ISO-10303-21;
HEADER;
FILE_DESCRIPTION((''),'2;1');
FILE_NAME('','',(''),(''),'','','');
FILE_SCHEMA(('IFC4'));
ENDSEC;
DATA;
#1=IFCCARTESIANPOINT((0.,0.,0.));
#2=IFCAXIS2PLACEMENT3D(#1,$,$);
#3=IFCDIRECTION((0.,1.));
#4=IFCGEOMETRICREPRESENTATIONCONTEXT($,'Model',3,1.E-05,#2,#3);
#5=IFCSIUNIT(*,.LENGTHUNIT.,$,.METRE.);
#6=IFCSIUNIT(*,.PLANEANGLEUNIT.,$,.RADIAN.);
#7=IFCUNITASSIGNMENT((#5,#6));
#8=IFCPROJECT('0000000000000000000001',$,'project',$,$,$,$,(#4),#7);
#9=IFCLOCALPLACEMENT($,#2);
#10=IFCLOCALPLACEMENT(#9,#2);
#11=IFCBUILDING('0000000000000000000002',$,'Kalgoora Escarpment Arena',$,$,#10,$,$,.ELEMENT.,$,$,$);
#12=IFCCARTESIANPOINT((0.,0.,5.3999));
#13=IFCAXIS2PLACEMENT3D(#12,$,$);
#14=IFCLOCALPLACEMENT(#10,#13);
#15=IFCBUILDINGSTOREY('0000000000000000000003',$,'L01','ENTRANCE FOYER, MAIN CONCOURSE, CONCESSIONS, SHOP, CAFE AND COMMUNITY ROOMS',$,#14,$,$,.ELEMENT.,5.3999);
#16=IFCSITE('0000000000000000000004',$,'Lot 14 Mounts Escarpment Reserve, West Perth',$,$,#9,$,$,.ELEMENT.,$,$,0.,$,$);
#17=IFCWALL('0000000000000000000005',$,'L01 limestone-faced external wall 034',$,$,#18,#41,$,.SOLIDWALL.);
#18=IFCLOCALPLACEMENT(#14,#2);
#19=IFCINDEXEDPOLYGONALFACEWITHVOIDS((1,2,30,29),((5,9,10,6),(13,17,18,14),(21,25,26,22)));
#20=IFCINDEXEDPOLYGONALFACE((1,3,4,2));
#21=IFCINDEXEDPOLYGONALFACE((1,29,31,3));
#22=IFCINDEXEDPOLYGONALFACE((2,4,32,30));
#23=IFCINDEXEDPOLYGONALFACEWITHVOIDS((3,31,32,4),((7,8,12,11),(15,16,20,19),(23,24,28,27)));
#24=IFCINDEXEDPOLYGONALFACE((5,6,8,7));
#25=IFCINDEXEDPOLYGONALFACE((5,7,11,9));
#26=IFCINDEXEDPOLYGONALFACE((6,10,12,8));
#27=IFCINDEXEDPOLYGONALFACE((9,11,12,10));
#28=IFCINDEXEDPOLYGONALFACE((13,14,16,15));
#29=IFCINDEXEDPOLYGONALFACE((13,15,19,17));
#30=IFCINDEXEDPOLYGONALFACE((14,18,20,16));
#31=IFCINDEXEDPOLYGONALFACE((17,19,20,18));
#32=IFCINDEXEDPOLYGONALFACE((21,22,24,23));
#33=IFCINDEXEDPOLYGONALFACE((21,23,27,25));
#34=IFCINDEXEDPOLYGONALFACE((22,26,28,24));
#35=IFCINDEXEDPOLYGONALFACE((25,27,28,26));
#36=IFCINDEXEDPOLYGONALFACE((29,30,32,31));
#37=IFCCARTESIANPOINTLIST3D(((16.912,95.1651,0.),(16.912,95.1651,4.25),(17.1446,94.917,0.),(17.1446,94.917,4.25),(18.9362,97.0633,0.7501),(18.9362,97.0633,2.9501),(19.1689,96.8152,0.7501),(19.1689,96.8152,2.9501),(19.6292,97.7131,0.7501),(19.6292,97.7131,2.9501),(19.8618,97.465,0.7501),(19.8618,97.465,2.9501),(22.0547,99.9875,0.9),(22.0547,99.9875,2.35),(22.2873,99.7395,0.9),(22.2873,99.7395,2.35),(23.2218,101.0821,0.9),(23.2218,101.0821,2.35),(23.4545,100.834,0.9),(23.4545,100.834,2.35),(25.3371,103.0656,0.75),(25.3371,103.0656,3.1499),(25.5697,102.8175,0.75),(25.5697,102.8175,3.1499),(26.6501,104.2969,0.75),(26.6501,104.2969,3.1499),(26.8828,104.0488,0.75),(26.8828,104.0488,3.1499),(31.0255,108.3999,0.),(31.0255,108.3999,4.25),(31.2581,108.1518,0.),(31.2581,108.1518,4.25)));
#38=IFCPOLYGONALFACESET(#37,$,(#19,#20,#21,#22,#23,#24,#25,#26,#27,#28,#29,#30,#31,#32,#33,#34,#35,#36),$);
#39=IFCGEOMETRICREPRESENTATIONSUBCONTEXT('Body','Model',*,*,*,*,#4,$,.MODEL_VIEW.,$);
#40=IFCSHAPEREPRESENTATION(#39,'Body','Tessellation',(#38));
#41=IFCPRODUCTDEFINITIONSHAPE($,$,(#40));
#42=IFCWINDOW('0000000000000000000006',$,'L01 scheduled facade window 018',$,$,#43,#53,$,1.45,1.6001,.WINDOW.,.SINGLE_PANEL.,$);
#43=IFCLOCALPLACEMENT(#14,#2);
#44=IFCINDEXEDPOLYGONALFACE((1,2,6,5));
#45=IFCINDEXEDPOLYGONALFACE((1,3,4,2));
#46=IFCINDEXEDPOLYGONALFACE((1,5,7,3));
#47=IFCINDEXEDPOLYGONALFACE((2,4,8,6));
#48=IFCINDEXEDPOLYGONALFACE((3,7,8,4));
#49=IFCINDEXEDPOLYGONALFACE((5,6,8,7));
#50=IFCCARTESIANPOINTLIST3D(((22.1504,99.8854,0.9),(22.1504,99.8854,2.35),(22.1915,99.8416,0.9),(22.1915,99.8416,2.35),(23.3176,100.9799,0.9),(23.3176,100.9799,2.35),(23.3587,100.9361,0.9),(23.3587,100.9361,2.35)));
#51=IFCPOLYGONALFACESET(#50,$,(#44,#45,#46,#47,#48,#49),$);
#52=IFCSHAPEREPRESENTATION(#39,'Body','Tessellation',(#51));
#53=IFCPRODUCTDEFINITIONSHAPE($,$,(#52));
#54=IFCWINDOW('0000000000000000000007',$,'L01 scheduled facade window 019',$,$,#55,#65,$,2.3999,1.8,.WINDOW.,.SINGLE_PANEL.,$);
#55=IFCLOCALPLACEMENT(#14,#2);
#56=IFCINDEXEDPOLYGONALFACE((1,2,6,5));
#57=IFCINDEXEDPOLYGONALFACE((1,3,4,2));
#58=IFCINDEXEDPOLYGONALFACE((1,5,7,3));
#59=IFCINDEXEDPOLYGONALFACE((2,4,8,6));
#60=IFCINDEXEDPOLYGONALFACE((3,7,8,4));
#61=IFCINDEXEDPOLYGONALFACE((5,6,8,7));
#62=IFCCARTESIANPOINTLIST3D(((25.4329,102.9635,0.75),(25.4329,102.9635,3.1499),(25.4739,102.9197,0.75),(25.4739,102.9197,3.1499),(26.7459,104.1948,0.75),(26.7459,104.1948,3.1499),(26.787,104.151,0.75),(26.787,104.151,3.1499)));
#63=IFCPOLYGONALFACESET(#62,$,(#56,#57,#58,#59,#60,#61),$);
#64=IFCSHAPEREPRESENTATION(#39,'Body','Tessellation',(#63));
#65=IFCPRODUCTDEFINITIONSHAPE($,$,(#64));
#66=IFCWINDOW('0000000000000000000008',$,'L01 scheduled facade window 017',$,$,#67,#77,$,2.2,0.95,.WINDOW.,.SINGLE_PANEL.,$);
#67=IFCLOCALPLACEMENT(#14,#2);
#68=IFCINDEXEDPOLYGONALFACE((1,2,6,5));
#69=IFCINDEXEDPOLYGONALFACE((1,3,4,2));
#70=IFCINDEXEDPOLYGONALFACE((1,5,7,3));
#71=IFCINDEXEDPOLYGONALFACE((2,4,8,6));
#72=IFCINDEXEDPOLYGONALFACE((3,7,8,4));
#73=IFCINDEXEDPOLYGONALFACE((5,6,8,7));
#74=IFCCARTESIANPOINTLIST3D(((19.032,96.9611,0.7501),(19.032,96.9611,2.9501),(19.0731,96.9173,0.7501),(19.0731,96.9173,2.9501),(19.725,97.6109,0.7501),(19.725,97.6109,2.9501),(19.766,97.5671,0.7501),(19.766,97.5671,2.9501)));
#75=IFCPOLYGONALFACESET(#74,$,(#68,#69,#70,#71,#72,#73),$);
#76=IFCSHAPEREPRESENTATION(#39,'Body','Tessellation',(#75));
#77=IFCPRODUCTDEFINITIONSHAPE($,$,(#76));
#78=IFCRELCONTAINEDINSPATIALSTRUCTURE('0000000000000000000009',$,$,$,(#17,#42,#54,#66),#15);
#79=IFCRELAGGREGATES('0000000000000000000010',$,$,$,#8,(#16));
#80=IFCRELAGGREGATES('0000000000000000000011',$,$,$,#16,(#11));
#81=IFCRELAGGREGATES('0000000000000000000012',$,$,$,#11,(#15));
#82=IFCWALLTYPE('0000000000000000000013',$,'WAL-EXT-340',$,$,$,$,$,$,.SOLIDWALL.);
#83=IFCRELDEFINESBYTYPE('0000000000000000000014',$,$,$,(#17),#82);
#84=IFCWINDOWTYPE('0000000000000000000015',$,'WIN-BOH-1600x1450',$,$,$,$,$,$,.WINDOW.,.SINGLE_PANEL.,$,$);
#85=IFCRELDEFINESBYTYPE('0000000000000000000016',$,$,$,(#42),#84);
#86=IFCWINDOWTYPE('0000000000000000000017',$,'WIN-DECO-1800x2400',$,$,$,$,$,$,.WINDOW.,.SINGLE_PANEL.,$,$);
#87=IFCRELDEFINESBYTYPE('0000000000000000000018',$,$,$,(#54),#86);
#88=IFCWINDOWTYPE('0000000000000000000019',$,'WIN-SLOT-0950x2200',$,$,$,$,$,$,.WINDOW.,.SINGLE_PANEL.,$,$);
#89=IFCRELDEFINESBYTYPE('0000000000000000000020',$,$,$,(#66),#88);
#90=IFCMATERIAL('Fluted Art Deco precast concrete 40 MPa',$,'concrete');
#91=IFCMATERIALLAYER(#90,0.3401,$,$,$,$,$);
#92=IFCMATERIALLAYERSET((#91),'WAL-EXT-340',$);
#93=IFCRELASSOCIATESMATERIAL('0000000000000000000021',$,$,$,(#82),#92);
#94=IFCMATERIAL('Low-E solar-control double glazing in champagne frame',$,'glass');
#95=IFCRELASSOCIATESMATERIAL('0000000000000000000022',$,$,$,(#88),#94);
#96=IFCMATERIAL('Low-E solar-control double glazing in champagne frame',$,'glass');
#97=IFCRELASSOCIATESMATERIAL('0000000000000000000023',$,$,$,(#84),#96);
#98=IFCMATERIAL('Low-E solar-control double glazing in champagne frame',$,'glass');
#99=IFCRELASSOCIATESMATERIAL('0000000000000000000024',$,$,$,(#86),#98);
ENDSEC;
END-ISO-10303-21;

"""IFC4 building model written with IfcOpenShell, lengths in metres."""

from ifc_helpers import new_model, si_unit, direction, frame, frame_2d, origin, place, context, subcontext, project, spatial, rectangle, extrude, material, layer, layer_set, type_object, element, fill, save


model = new_model("IFC4")

# Units and contexts
model_context = context("Model", 3, precision=1e-05, world=origin(), true_north=direction((0.0, 1.0)))
body_context = subcontext(model_context, "Body", "Model", "MODEL_VIEW")
ifc_project = project(units=[si_unit("LENGTHUNIT", "METRE"), si_unit("PLANEANGLEUNIT", "RADIAN")], contexts=[model_context])

# Site, building, storey
site_placement = place(None, origin())
site = spatial("IfcSite", under=ifc_project, at=site_placement, Name="Lot 14 Mounts Escarpment Reserve, West Perth", CompositionType="ELEMENT", RefElevation=0.0)
building_placement = place(site_placement, origin())
building = spatial("IfcBuilding", under=site, at=building_placement, Name="Kalgoora Escarpment Arena", CompositionType="ELEMENT")
storey_placement = place(building_placement, frame((0.0, 0.0, 5.3999)))
storey = spatial("IfcBuildingStorey", under=building, at=storey_placement, Name="L01", Description="ENTRANCE FOYER, MAIN CONCOURSE, CONCESSIONS, SHOP, CAFE AND COMMUNITY ROOMS", CompositionType="ELEMENT", Elevation=5.3999)

# Shared definitions
ifc_material_1 = material(Name="Fluted Art Deco precast concrete 40 MPa", Category="concrete")
ifc_layer_1 = layer(ifc_material_1, 0.3401)
ifc_layer_set_1 = layer_set([ifc_layer_1], Name="WAL-EXT-340")
wall_type_1 = type_object("IfcWallType", Name="WAL-EXT-340", PredefinedType="SOLIDWALL", material=ifc_layer_set_1)
ifc_material_2 = material(Name="Low-E solar-control double glazing in champagne frame", Category="glass")
window_type_1 = type_object("IfcWindowType", Name="WIN-SLOT-0950x2200", PartitioningType="SINGLE_PANEL", PredefinedType="WINDOW", material=ifc_material_2)

# Wall, openings, windows
wall_1_placement = place(storey_placement, frame((17.0283, 95.041, 0.0), z_axis=(0.0, 0.0, 1.0), x_axis=(0.729449, 0.684036, 0.0)))
wall_1 = element("IfcWall", 1, at=wall_1_placement, inside=storey, type_object=wall_type_1, Name="L01 limestone-faced external wall 034", PredefinedType="SOLIDWALL", context=body_context, shape_type="SweptSolid", body=[
    extrude(rectangle(XDim=19.3481, YDim=0.3401, at=frame_2d((9.6741, 0.0))), origin(), (0.0, 0.0, 1.0), 4.25),
])
opening_1_placement = place(wall_1_placement, frame((2.7749, 0.0, 0.75)))
opening_1 = element("IfcOpeningElement", 2, at=opening_1_placement, cuts=wall_1, PredefinedType="OPENING", context=body_context, shape_type="SweptSolid", body=[
    extrude(rectangle(XDim=0.95, YDim=2.2, at=frame_2d((0.4751, 1.1001))), frame((0.0, 0.1799, 0.0), z_axis=(0.0, -1.0, 0.0), x_axis=(1.0, 0.0, 0.0)), (0.0, 0.0, 1.0), 0.3601),
])
opening_2_placement = place(wall_1_placement, frame((7.05, 0.0, 0.8999)))
opening_2 = element("IfcOpeningElement", 3, at=opening_2_placement, cuts=wall_1, PredefinedType="OPENING", context=body_context, shape_type="SweptSolid", body=[
    extrude(rectangle(XDim=1.6001, YDim=1.45, at=frame_2d((0.8, 0.7251))), frame((0.0, 0.1799, 0.0), z_axis=(0.0, -1.0, 0.0), x_axis=(1.0, 0.0, 0.0)), (0.0, 0.0, 1.0), 0.3601),
])
opening_3_placement = place(wall_1_placement, frame((11.55, 0.0, 0.75)))
opening_3 = element("IfcOpeningElement", 4, at=opening_3_placement, cuts=wall_1, PredefinedType="OPENING", context=body_context, shape_type="SweptSolid", body=[
    extrude(rectangle(XDim=1.8, YDim=2.3999, at=frame_2d((0.8999, 1.2))), frame((0.0, 0.1799, 0.0), z_axis=(0.0, -1.0, 0.0), x_axis=(1.0, 0.0, 0.0)), (0.0, 0.0, 1.0), 0.3601),
])
ifc_material_3 = material(Name="Low-E solar-control double glazing in champagne frame", Category="glass")
window_type_2 = type_object("IfcWindowType", Name="WIN-BOH-1600x1450", PartitioningType="SINGLE_PANEL", PredefinedType="WINDOW", material=ifc_material_3)
window_1_placement = place(opening_2_placement, origin())
window_1 = element("IfcWindow", 5, at=window_1_placement, inside=storey, type_object=window_type_2, Name="L01 scheduled facade window 018", OverallHeight=1.45, OverallWidth=1.6001, PartitioningType="SINGLE_PANEL", PredefinedType="WINDOW", context=body_context, shape_type="SweptSolid", body=[
    extrude(rectangle(XDim=1.6001, YDim=1.45, at=frame_2d((0.8, 0.7251))), frame((0.0, 0.03, 0.0), z_axis=(0.0, -1.0, 0.0), x_axis=(1.0, 0.0, 0.0)), (0.0, 0.0, 1.0), 0.0601),
])
fill(opening_2, window_1)
ifc_material_4 = material(Name="Low-E solar-control double glazing in champagne frame", Category="glass")
window_type_3 = type_object("IfcWindowType", Name="WIN-DECO-1800x2400", PartitioningType="SINGLE_PANEL", PredefinedType="WINDOW", material=ifc_material_4)
window_2_placement = place(opening_3_placement, origin())
window_2 = element("IfcWindow", 6, at=window_2_placement, inside=storey, type_object=window_type_3, Name="L01 scheduled facade window 019", OverallHeight=2.3999, OverallWidth=1.8, PartitioningType="SINGLE_PANEL", PredefinedType="WINDOW", context=body_context, shape_type="SweptSolid", body=[
    extrude(rectangle(XDim=1.8, YDim=2.3999, at=frame_2d((0.8999, 1.2))), frame((0.0, 0.03, 0.0), z_axis=(0.0, -1.0, 0.0), x_axis=(1.0, 0.0, 0.0)), (0.0, 0.0, 1.0), 0.0601),
])
fill(opening_3, window_2)
window_3_placement = place(opening_1_placement, origin())
window_3 = element("IfcWindow", 7, at=window_3_placement, inside=storey, type_object=window_type_1, Name="L01 scheduled facade window 017", OverallHeight=2.2, OverallWidth=0.95, PartitioningType="SINGLE_PANEL", PredefinedType="WINDOW", context=body_context, shape_type="SweptSolid", body=[
    extrude(rectangle(XDim=0.95, YDim=2.2, at=frame_2d((0.4751, 1.1001))), frame((0.0, 0.03, 0.0), z_axis=(0.0, -1.0, 0.0), x_axis=(1.0, 0.0, 0.0)), (0.0, 0.0, 1.0), 0.0601),
])
fill(opening_1, window_3)

save(model, "model.ifc")
